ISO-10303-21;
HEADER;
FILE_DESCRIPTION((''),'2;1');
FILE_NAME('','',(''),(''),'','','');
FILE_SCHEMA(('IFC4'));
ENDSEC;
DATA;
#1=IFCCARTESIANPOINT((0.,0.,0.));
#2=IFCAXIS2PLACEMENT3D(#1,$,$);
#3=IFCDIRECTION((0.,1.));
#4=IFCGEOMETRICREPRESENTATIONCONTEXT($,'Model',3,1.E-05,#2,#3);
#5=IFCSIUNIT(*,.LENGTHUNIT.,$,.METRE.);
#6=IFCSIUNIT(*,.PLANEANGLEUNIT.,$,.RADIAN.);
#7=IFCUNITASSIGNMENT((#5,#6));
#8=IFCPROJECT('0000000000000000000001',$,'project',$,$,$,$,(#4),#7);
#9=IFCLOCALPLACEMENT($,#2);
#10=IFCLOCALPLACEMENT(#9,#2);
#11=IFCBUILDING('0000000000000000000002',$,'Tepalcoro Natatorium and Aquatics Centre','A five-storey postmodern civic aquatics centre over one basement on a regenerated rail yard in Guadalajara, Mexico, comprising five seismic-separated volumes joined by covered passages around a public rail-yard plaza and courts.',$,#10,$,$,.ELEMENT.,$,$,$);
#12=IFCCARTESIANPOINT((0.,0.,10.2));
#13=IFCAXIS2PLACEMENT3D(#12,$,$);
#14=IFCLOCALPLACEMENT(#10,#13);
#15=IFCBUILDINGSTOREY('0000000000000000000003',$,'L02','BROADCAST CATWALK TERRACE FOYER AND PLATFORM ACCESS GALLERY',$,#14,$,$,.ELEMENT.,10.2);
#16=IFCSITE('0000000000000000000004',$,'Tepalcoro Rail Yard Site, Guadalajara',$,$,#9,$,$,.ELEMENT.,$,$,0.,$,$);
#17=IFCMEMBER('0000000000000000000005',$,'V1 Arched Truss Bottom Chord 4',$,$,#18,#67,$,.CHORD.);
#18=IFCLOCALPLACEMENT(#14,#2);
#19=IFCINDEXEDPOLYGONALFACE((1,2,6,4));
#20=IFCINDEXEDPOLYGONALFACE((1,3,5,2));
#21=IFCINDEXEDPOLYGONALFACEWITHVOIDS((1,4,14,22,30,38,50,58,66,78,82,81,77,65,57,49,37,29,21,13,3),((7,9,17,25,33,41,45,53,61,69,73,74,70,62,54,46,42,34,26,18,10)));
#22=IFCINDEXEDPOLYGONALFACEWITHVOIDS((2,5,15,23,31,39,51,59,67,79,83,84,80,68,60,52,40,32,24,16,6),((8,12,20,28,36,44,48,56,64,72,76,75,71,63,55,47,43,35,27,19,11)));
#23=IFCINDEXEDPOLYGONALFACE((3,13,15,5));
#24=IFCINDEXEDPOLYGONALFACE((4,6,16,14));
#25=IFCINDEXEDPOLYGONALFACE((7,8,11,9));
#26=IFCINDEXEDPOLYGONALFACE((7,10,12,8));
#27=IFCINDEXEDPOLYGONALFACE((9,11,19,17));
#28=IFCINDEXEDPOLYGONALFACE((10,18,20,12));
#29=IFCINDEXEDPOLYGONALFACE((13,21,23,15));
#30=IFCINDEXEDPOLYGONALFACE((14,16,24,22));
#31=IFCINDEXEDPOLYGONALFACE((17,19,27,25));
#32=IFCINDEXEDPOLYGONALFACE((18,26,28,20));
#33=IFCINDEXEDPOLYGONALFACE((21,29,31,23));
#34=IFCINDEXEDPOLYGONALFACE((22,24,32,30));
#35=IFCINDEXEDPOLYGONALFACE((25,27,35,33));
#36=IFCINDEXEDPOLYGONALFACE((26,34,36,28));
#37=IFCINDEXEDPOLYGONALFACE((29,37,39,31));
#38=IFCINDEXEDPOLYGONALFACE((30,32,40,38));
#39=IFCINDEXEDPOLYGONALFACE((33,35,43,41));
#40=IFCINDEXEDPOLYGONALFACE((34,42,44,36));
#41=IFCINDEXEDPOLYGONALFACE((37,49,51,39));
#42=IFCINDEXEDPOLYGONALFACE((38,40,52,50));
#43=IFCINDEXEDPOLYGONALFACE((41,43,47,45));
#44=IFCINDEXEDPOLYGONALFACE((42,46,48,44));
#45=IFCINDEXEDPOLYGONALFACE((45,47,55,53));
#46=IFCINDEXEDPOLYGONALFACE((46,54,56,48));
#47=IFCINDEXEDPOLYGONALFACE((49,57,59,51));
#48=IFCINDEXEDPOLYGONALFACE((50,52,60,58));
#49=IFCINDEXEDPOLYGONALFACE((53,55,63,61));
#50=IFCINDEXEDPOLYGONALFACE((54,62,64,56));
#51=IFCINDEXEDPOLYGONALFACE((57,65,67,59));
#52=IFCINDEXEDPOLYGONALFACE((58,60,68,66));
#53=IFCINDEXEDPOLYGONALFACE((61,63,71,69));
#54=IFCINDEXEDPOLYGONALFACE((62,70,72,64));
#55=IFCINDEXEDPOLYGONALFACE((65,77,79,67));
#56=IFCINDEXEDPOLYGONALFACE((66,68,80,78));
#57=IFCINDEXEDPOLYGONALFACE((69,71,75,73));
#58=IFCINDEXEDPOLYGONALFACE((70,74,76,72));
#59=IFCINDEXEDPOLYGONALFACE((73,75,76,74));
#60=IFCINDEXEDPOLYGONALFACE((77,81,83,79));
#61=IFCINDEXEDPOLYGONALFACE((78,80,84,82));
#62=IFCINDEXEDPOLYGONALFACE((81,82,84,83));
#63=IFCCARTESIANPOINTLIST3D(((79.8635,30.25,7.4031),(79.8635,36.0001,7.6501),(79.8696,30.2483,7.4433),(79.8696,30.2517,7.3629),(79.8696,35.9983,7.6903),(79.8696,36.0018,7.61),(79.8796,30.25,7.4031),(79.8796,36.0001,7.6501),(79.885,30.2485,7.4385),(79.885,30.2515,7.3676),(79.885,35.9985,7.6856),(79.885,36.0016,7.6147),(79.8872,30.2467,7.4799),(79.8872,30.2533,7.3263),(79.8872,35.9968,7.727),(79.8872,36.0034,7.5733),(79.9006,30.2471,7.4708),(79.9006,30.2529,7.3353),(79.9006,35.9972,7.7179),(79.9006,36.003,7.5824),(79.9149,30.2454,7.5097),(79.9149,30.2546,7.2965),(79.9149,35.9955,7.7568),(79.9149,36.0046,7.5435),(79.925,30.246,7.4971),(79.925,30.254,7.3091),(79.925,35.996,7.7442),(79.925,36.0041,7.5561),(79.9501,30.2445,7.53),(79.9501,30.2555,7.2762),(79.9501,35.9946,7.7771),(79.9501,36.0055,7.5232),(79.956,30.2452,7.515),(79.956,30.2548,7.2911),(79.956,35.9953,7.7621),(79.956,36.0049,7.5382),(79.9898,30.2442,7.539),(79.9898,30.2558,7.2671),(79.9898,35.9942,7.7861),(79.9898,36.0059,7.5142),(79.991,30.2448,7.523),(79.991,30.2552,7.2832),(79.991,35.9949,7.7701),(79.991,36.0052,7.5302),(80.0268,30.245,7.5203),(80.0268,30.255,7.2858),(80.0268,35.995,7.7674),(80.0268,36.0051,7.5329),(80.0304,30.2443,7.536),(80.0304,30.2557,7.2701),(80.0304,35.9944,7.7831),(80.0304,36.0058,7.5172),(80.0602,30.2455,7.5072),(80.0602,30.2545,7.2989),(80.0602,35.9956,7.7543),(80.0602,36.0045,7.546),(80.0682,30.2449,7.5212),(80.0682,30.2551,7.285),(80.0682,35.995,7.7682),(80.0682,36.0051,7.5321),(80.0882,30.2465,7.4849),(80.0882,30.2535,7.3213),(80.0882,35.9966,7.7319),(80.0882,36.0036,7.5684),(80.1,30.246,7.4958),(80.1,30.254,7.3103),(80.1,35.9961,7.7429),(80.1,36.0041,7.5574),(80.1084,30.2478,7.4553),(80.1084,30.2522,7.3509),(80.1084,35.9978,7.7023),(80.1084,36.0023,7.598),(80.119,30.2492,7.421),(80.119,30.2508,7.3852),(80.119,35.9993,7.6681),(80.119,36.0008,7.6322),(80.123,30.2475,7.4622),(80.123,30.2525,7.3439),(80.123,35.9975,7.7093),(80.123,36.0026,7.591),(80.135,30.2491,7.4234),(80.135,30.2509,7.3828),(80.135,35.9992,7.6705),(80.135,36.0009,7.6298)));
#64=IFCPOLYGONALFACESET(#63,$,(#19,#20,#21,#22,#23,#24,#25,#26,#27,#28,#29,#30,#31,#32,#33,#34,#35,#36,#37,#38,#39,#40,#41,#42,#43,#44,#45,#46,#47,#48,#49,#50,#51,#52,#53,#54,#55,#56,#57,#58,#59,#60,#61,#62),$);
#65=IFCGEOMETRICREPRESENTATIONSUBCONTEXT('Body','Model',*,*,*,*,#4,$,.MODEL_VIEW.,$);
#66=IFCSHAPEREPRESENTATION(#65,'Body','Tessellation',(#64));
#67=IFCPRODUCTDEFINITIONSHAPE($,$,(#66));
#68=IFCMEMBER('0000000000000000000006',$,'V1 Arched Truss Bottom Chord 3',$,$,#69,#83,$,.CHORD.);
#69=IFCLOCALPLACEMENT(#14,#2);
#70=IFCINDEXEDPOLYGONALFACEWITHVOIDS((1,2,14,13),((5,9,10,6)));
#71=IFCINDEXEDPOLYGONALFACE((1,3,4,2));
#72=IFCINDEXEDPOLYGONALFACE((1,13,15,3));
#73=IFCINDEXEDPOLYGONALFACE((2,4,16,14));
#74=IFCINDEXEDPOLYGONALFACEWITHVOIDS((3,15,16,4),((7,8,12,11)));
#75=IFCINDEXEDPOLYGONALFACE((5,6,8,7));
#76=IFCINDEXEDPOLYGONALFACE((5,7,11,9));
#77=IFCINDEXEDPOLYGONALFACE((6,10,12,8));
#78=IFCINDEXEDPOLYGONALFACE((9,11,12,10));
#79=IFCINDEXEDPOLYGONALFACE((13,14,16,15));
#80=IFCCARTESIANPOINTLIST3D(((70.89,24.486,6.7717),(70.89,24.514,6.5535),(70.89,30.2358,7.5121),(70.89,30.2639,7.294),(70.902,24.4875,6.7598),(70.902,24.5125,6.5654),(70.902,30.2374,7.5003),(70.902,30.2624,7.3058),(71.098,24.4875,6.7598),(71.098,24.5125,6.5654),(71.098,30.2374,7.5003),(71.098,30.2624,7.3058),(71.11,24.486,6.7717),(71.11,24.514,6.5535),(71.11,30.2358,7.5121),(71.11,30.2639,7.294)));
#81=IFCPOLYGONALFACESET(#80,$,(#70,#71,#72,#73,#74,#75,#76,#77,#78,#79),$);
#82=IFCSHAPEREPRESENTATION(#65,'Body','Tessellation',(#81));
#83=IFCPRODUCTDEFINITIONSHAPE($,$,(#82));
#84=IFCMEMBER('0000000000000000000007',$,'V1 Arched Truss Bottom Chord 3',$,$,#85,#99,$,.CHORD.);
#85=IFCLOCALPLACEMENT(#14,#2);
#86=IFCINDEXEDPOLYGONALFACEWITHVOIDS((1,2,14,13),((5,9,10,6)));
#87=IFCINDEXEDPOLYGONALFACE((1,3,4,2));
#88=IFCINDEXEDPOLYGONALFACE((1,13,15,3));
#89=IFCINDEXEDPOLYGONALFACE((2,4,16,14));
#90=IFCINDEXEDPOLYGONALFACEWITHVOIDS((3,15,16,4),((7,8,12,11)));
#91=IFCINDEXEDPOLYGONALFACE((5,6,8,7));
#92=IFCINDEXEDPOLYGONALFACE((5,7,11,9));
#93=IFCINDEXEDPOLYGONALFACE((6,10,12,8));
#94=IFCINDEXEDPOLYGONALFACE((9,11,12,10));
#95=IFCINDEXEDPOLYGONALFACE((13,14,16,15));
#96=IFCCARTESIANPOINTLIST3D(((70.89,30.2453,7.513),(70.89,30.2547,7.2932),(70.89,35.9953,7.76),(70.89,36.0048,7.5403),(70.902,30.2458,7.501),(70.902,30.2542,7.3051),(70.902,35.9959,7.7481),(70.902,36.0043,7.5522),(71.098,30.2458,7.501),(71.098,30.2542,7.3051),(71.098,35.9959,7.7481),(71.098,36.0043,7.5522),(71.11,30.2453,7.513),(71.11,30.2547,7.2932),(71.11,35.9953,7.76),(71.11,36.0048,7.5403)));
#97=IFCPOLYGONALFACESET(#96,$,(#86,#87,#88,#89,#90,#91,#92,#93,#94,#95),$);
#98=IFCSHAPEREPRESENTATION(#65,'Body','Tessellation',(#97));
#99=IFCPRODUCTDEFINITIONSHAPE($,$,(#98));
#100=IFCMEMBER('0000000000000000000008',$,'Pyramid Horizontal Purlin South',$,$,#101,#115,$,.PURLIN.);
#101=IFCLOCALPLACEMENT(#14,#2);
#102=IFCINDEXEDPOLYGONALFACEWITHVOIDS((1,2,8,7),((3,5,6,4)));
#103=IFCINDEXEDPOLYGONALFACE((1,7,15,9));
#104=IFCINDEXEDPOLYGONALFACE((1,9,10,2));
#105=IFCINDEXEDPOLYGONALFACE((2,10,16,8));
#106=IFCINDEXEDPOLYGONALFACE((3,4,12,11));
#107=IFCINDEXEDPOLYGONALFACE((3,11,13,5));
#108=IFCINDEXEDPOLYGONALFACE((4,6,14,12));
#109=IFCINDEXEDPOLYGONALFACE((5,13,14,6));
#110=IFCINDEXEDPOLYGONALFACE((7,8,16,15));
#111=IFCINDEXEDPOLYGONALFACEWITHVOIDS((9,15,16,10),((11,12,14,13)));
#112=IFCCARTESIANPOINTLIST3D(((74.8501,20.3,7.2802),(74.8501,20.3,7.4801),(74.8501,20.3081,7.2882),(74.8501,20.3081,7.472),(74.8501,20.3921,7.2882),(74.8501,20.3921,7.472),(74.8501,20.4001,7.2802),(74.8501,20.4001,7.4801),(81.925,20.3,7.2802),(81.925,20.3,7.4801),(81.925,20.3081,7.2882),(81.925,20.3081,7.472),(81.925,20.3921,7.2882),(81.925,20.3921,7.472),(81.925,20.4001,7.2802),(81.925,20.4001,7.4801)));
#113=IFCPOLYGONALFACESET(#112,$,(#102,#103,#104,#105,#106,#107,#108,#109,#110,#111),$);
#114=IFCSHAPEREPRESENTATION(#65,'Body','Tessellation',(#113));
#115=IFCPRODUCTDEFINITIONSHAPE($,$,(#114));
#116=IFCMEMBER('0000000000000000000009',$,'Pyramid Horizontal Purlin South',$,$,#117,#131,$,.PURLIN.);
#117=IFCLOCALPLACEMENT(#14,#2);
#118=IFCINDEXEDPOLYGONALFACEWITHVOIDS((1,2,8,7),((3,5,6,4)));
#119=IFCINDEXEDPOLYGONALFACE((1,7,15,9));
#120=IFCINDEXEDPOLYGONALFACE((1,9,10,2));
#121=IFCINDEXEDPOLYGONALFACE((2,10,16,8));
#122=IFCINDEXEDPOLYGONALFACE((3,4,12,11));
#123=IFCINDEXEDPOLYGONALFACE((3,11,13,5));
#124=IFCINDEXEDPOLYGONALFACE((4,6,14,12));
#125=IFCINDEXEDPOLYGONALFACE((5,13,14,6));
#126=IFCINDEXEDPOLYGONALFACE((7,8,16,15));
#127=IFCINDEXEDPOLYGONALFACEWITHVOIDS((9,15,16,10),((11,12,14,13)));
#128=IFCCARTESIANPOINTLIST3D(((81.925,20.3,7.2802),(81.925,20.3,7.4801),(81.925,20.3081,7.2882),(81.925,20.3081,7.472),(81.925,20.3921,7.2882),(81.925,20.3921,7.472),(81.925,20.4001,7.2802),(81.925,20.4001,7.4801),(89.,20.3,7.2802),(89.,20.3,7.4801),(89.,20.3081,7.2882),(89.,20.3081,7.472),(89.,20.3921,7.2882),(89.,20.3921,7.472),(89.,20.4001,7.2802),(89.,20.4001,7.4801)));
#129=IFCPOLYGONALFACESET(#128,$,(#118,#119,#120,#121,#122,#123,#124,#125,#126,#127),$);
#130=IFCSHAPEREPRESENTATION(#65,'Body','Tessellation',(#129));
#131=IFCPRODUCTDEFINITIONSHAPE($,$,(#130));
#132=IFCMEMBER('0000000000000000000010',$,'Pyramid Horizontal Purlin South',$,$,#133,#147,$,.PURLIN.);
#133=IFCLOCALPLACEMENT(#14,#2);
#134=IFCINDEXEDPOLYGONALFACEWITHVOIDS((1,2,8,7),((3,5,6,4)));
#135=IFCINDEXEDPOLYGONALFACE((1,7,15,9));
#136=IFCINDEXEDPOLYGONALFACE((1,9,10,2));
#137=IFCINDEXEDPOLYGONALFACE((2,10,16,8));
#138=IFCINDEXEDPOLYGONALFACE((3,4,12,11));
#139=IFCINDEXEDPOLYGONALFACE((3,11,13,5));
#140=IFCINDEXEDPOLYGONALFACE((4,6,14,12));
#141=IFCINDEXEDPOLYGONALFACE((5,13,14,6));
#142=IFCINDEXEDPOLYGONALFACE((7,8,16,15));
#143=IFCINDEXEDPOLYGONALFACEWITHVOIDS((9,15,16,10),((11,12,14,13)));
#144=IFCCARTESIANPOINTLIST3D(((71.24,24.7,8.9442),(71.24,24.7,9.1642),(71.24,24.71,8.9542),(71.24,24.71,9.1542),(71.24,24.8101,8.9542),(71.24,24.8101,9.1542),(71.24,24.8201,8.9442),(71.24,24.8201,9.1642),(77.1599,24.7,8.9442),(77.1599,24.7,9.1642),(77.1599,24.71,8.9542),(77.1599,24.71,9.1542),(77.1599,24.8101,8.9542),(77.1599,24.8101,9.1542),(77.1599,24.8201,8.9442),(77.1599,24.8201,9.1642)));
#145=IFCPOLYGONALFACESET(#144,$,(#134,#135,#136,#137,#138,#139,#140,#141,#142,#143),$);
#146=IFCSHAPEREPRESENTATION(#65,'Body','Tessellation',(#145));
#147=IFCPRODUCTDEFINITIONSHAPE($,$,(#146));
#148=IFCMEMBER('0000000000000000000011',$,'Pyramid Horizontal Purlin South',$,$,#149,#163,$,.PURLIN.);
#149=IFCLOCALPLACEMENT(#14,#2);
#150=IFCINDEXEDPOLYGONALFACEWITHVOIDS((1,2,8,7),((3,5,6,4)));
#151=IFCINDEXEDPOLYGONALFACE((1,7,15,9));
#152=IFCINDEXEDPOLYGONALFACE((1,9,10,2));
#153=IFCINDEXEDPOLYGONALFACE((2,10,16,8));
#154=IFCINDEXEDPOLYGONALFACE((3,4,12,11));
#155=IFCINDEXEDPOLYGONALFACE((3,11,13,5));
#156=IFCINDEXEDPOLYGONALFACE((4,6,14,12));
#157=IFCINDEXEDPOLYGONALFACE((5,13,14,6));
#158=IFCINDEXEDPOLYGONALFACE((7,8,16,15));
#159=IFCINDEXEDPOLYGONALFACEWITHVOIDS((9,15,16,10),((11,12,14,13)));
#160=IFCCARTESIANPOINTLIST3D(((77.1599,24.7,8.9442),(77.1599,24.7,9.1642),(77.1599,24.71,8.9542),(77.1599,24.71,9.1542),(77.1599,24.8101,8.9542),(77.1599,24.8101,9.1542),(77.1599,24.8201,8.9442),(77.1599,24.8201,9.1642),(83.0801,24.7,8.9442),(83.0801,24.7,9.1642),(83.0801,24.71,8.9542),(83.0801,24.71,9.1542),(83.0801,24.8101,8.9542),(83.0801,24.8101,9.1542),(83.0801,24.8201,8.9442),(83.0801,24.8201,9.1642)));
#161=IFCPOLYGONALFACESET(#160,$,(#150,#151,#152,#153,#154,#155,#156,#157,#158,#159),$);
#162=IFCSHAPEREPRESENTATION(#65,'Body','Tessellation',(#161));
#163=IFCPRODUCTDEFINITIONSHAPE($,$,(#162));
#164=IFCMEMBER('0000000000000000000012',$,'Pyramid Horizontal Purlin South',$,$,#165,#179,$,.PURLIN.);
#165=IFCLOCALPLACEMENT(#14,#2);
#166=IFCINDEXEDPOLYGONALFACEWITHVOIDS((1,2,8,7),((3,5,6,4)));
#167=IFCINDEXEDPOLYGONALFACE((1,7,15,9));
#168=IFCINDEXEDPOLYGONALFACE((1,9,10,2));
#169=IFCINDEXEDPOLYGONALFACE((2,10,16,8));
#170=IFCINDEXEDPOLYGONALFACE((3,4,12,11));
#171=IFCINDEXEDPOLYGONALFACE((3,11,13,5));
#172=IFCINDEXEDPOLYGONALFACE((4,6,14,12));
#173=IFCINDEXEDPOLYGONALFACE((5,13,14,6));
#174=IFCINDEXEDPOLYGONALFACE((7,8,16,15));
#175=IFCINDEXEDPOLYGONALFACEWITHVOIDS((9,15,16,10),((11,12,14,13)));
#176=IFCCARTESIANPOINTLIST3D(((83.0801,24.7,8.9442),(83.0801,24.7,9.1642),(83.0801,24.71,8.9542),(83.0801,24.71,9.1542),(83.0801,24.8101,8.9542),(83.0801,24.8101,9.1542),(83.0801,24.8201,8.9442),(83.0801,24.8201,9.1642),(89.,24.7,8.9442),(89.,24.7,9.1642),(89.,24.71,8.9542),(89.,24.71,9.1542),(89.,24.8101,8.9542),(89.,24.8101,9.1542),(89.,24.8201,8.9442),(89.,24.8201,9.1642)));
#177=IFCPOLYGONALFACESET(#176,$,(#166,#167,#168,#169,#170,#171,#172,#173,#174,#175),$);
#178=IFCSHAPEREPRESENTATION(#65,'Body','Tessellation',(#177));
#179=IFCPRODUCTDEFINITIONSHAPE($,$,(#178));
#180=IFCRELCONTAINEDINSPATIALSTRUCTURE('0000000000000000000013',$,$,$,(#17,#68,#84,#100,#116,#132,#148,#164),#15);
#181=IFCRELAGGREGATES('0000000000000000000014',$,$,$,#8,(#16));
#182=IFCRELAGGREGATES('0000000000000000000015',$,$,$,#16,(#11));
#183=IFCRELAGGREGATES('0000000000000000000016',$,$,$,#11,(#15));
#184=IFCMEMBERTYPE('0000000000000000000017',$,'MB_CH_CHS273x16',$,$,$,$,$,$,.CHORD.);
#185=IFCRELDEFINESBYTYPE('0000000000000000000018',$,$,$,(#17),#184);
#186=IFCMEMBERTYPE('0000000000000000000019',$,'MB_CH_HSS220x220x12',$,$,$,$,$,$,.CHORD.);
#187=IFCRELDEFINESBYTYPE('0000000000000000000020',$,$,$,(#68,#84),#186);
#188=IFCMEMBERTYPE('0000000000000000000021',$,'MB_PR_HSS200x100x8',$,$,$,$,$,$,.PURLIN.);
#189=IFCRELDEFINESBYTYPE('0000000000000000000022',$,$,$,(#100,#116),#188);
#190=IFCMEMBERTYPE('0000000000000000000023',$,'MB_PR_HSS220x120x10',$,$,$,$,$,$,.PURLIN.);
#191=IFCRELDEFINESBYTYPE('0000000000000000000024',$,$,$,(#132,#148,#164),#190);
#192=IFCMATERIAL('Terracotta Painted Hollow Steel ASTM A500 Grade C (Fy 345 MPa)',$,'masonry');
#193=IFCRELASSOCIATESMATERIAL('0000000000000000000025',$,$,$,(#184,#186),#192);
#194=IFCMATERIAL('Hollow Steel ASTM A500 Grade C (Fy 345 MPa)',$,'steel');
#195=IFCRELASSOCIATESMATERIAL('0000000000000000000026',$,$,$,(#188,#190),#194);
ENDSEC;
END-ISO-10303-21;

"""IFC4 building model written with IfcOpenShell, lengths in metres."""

from ifc_helpers import new_model, si_unit, direction, frame, origin, origin_2d, place, context, subcontext, project, spatial, hollow_rectangle, hollow_circle, extrude, material, material_profile, profile_set, type_object, element, save


model = new_model("IFC4")

# Units and contexts
model_context = context("Model", 3, precision=1e-05, world=origin(), true_north=direction((0.0, 1.0)))
body_context = subcontext(model_context, "Body", "Model", "MODEL_VIEW")
ifc_project = project(units=[si_unit("LENGTHUNIT", "METRE"), si_unit("PLANEANGLEUNIT", "RADIAN")], contexts=[model_context])

# Site, building, storey
site_placement = place(None, origin())
site = spatial("IfcSite", under=ifc_project, at=site_placement, Name="Tepalcoro Rail Yard Site, Guadalajara", CompositionType="ELEMENT", RefElevation=0.0)
building_placement = place(site_placement, origin())
building = spatial("IfcBuilding", under=site, at=building_placement, Name="Tepalcoro Natatorium and Aquatics Centre", Description="A five-storey postmodern civic aquatics centre over one basement on a regenerated rail yard in Guadalajara, Mexico, comprising five seismic-separated volumes joined by covered passages around a public rail-yard plaza and courts.", CompositionType="ELEMENT")
storey_placement = place(building_placement, frame((0.0, 0.0, 10.2)))
storey = spatial("IfcBuildingStorey", under=building, at=storey_placement, Name="L02", Description="BROADCAST CATWALK TERRACE FOYER AND PLATFORM ACCESS GALLERY", CompositionType="ELEMENT", Elevation=10.2)

# Shared definitions
ifc_material_1 = material(Name="Terracotta Painted Hollow Steel ASTM A500 Grade C (Fy 345 MPa)", Category="masonry")

# Members
ifc_material_2 = material(Name="Hollow Steel ASTM A500 Grade C (Fy 345 MPa)", Category="steel")
ifc_material_profile_1 = material_profile(ifc_material_1, hollow_circle(Radius=0.1365, WallThickness=0.0161, at=origin_2d()), Name="CHS273X16")
ifc_profile_set_1 = profile_set([ifc_material_profile_1], Name="Terracotta Painted Hollow Steel ASTM A500 Grade C (Fy 345 MPa)")
member_type_1 = type_object("IfcMemberType", Name="MB_CH_CHS273x16", PredefinedType="CHORD", material=ifc_profile_set_1)
member_1_placement = place(storey_placement, frame((80.0, 30.25, 7.4031), z_axis=(0.0, 0.999078, 0.042929), x_axis=(-1.0, 0.0, 0.0)))
element("IfcMember", 1, at=member_1_placement, inside=storey, type_object=member_type_1, Name="V1 Arched Truss Bottom Chord 4", PredefinedType="CHORD", context=body_context, shape_type="SweptSolid", body=[
    extrude(hollow_circle(Radius=0.1365, WallThickness=0.0161, at=origin_2d()), origin(), (0.0, 0.0, 1.0), 5.7554),
])
ifc_material_profile_2 = material_profile(ifc_material_1, hollow_rectangle(XDim=0.22, YDim=0.22, WallThickness=0.012, at=origin_2d()), Name="HSS220X220X12")
ifc_profile_set_2 = profile_set([ifc_material_profile_2], Name="Terracotta Painted Hollow Steel ASTM A500 Grade C (Fy 345 MPa)")
member_type_2 = type_object("IfcMemberType", Name="MB_CH_HSS220x220x12", PredefinedType="CHORD", material=ifc_profile_set_2)
member_2_placement = place(storey_placement, frame((71.0, 24.5, 6.6626), z_axis=(0.0, 0.99181, 0.127724), x_axis=(-1.0, 0.0, 0.0)))
element("IfcMember", 2, at=member_2_placement, inside=storey, type_object=member_type_2, Name="V1 Arched Truss Bottom Chord 3", PredefinedType="CHORD", context=body_context, shape_type="SweptSolid", body=[
    extrude(hollow_rectangle(XDim=0.22, YDim=0.22, WallThickness=0.012, at=origin_2d()), origin(), (0.0, 0.0, 1.0), 5.7974),
])
member_3_placement = place(storey_placement, frame((71.0, 30.25, 7.4031), z_axis=(0.0, 0.999078, 0.042929), x_axis=(-1.0, 0.0, 0.0)))
element("IfcMember", 3, at=member_3_placement, inside=storey, type_object=member_type_2, Name="V1 Arched Truss Bottom Chord 3", PredefinedType="CHORD", context=body_context, shape_type="SweptSolid", body=[
    extrude(hollow_rectangle(XDim=0.22, YDim=0.22, WallThickness=0.012, at=origin_2d()), origin(), (0.0, 0.0, 1.0), 5.7554),
])
ifc_material_profile_3 = material_profile(ifc_material_2, hollow_rectangle(XDim=0.1001, YDim=0.2, WallThickness=0.0081, at=origin_2d()), Name="HSS200X100X8")
ifc_profile_set_3 = profile_set([ifc_material_profile_3], Name="Hollow Steel ASTM A500 Grade C (Fy 345 MPa)")
member_type_3 = type_object("IfcMemberType", Name="MB_PR_HSS200x100x8", PredefinedType="PURLIN", material=ifc_profile_set_3)
for number, where, z_axis, x_axis, name in (
    (4, (74.8501, 20.3501, 7.3801), (1.0, 0.0, 0.0), (0.0, 1.0, 0.0), "Pyramid Horizontal Purlin South"),
    (5, (81.925, 20.3501, 7.3801), (1.0, 0.0, 0.0), (0.0, 1.0, 0.0), "Pyramid Horizontal Purlin South"),
):
    element("IfcMember", number, at=place(storey_placement, frame(where, z_axis=z_axis, x_axis=x_axis)), inside=storey, type_object=member_type_3, Name=name, PredefinedType="PURLIN", context=body_context, shape_type="SweptSolid", body=[
        extrude(hollow_rectangle(XDim=0.1001, YDim=0.2, WallThickness=0.0081, at=origin_2d()), origin(), (0.0, 0.0, 1.0), 7.075),
    ])
ifc_material_profile_4 = material_profile(ifc_material_2, hollow_rectangle(XDim=0.1201, YDim=0.22, WallThickness=0.01, at=origin_2d()), Name="HSS220X120X10")
ifc_profile_set_4 = profile_set([ifc_material_profile_4], Name="Hollow Steel ASTM A500 Grade C (Fy 345 MPa)")
member_type_4 = type_object("IfcMemberType", Name="MB_PR_HSS220x120x10", PredefinedType="PURLIN", material=ifc_profile_set_4)
member_4_placement = place(storey_placement, frame((71.24, 24.76, 9.0542), z_axis=(1.0, 0.0, 0.0), x_axis=(0.0, 1.0, 0.0)))
element("IfcMember", 6, at=member_4_placement, inside=storey, type_object=member_type_4, Name="Pyramid Horizontal Purlin South", PredefinedType="PURLIN", context=body_context, shape_type="SweptSolid", body=[
    extrude(hollow_rectangle(XDim=0.1201, YDim=0.22, WallThickness=0.01, at=origin_2d()), origin(), (0.0, 0.0, 1.0), 5.9199),
])
member_5_placement = place(storey_placement, frame((77.1599, 24.76, 9.0542), z_axis=(1.0, 0.0, 0.0), x_axis=(0.0, 1.0, 0.0)))
element("IfcMember", 7, at=member_5_placement, inside=storey, type_object=member_type_4, Name="Pyramid Horizontal Purlin South", PredefinedType="PURLIN", context=body_context, shape_type="SweptSolid", body=[
    extrude(hollow_rectangle(XDim=0.1201, YDim=0.22, WallThickness=0.01, at=origin_2d()), origin(), (0.0, 0.0, 1.0), 5.9202),
])
member_6_placement = place(storey_placement, frame((83.0801, 24.76, 9.0542), z_axis=(1.0, 0.0, 0.0), x_axis=(0.0, 1.0, 0.0)))
element("IfcMember", 8, at=member_6_placement, inside=storey, type_object=member_type_4, Name="Pyramid Horizontal Purlin South", PredefinedType="PURLIN", context=body_context, shape_type="SweptSolid", body=[
    extrude(hollow_rectangle(XDim=0.1201, YDim=0.22, WallThickness=0.01, at=origin_2d()), origin(), (0.0, 0.0, 1.0), 5.9199),
])

save(model, "model.ifc")
